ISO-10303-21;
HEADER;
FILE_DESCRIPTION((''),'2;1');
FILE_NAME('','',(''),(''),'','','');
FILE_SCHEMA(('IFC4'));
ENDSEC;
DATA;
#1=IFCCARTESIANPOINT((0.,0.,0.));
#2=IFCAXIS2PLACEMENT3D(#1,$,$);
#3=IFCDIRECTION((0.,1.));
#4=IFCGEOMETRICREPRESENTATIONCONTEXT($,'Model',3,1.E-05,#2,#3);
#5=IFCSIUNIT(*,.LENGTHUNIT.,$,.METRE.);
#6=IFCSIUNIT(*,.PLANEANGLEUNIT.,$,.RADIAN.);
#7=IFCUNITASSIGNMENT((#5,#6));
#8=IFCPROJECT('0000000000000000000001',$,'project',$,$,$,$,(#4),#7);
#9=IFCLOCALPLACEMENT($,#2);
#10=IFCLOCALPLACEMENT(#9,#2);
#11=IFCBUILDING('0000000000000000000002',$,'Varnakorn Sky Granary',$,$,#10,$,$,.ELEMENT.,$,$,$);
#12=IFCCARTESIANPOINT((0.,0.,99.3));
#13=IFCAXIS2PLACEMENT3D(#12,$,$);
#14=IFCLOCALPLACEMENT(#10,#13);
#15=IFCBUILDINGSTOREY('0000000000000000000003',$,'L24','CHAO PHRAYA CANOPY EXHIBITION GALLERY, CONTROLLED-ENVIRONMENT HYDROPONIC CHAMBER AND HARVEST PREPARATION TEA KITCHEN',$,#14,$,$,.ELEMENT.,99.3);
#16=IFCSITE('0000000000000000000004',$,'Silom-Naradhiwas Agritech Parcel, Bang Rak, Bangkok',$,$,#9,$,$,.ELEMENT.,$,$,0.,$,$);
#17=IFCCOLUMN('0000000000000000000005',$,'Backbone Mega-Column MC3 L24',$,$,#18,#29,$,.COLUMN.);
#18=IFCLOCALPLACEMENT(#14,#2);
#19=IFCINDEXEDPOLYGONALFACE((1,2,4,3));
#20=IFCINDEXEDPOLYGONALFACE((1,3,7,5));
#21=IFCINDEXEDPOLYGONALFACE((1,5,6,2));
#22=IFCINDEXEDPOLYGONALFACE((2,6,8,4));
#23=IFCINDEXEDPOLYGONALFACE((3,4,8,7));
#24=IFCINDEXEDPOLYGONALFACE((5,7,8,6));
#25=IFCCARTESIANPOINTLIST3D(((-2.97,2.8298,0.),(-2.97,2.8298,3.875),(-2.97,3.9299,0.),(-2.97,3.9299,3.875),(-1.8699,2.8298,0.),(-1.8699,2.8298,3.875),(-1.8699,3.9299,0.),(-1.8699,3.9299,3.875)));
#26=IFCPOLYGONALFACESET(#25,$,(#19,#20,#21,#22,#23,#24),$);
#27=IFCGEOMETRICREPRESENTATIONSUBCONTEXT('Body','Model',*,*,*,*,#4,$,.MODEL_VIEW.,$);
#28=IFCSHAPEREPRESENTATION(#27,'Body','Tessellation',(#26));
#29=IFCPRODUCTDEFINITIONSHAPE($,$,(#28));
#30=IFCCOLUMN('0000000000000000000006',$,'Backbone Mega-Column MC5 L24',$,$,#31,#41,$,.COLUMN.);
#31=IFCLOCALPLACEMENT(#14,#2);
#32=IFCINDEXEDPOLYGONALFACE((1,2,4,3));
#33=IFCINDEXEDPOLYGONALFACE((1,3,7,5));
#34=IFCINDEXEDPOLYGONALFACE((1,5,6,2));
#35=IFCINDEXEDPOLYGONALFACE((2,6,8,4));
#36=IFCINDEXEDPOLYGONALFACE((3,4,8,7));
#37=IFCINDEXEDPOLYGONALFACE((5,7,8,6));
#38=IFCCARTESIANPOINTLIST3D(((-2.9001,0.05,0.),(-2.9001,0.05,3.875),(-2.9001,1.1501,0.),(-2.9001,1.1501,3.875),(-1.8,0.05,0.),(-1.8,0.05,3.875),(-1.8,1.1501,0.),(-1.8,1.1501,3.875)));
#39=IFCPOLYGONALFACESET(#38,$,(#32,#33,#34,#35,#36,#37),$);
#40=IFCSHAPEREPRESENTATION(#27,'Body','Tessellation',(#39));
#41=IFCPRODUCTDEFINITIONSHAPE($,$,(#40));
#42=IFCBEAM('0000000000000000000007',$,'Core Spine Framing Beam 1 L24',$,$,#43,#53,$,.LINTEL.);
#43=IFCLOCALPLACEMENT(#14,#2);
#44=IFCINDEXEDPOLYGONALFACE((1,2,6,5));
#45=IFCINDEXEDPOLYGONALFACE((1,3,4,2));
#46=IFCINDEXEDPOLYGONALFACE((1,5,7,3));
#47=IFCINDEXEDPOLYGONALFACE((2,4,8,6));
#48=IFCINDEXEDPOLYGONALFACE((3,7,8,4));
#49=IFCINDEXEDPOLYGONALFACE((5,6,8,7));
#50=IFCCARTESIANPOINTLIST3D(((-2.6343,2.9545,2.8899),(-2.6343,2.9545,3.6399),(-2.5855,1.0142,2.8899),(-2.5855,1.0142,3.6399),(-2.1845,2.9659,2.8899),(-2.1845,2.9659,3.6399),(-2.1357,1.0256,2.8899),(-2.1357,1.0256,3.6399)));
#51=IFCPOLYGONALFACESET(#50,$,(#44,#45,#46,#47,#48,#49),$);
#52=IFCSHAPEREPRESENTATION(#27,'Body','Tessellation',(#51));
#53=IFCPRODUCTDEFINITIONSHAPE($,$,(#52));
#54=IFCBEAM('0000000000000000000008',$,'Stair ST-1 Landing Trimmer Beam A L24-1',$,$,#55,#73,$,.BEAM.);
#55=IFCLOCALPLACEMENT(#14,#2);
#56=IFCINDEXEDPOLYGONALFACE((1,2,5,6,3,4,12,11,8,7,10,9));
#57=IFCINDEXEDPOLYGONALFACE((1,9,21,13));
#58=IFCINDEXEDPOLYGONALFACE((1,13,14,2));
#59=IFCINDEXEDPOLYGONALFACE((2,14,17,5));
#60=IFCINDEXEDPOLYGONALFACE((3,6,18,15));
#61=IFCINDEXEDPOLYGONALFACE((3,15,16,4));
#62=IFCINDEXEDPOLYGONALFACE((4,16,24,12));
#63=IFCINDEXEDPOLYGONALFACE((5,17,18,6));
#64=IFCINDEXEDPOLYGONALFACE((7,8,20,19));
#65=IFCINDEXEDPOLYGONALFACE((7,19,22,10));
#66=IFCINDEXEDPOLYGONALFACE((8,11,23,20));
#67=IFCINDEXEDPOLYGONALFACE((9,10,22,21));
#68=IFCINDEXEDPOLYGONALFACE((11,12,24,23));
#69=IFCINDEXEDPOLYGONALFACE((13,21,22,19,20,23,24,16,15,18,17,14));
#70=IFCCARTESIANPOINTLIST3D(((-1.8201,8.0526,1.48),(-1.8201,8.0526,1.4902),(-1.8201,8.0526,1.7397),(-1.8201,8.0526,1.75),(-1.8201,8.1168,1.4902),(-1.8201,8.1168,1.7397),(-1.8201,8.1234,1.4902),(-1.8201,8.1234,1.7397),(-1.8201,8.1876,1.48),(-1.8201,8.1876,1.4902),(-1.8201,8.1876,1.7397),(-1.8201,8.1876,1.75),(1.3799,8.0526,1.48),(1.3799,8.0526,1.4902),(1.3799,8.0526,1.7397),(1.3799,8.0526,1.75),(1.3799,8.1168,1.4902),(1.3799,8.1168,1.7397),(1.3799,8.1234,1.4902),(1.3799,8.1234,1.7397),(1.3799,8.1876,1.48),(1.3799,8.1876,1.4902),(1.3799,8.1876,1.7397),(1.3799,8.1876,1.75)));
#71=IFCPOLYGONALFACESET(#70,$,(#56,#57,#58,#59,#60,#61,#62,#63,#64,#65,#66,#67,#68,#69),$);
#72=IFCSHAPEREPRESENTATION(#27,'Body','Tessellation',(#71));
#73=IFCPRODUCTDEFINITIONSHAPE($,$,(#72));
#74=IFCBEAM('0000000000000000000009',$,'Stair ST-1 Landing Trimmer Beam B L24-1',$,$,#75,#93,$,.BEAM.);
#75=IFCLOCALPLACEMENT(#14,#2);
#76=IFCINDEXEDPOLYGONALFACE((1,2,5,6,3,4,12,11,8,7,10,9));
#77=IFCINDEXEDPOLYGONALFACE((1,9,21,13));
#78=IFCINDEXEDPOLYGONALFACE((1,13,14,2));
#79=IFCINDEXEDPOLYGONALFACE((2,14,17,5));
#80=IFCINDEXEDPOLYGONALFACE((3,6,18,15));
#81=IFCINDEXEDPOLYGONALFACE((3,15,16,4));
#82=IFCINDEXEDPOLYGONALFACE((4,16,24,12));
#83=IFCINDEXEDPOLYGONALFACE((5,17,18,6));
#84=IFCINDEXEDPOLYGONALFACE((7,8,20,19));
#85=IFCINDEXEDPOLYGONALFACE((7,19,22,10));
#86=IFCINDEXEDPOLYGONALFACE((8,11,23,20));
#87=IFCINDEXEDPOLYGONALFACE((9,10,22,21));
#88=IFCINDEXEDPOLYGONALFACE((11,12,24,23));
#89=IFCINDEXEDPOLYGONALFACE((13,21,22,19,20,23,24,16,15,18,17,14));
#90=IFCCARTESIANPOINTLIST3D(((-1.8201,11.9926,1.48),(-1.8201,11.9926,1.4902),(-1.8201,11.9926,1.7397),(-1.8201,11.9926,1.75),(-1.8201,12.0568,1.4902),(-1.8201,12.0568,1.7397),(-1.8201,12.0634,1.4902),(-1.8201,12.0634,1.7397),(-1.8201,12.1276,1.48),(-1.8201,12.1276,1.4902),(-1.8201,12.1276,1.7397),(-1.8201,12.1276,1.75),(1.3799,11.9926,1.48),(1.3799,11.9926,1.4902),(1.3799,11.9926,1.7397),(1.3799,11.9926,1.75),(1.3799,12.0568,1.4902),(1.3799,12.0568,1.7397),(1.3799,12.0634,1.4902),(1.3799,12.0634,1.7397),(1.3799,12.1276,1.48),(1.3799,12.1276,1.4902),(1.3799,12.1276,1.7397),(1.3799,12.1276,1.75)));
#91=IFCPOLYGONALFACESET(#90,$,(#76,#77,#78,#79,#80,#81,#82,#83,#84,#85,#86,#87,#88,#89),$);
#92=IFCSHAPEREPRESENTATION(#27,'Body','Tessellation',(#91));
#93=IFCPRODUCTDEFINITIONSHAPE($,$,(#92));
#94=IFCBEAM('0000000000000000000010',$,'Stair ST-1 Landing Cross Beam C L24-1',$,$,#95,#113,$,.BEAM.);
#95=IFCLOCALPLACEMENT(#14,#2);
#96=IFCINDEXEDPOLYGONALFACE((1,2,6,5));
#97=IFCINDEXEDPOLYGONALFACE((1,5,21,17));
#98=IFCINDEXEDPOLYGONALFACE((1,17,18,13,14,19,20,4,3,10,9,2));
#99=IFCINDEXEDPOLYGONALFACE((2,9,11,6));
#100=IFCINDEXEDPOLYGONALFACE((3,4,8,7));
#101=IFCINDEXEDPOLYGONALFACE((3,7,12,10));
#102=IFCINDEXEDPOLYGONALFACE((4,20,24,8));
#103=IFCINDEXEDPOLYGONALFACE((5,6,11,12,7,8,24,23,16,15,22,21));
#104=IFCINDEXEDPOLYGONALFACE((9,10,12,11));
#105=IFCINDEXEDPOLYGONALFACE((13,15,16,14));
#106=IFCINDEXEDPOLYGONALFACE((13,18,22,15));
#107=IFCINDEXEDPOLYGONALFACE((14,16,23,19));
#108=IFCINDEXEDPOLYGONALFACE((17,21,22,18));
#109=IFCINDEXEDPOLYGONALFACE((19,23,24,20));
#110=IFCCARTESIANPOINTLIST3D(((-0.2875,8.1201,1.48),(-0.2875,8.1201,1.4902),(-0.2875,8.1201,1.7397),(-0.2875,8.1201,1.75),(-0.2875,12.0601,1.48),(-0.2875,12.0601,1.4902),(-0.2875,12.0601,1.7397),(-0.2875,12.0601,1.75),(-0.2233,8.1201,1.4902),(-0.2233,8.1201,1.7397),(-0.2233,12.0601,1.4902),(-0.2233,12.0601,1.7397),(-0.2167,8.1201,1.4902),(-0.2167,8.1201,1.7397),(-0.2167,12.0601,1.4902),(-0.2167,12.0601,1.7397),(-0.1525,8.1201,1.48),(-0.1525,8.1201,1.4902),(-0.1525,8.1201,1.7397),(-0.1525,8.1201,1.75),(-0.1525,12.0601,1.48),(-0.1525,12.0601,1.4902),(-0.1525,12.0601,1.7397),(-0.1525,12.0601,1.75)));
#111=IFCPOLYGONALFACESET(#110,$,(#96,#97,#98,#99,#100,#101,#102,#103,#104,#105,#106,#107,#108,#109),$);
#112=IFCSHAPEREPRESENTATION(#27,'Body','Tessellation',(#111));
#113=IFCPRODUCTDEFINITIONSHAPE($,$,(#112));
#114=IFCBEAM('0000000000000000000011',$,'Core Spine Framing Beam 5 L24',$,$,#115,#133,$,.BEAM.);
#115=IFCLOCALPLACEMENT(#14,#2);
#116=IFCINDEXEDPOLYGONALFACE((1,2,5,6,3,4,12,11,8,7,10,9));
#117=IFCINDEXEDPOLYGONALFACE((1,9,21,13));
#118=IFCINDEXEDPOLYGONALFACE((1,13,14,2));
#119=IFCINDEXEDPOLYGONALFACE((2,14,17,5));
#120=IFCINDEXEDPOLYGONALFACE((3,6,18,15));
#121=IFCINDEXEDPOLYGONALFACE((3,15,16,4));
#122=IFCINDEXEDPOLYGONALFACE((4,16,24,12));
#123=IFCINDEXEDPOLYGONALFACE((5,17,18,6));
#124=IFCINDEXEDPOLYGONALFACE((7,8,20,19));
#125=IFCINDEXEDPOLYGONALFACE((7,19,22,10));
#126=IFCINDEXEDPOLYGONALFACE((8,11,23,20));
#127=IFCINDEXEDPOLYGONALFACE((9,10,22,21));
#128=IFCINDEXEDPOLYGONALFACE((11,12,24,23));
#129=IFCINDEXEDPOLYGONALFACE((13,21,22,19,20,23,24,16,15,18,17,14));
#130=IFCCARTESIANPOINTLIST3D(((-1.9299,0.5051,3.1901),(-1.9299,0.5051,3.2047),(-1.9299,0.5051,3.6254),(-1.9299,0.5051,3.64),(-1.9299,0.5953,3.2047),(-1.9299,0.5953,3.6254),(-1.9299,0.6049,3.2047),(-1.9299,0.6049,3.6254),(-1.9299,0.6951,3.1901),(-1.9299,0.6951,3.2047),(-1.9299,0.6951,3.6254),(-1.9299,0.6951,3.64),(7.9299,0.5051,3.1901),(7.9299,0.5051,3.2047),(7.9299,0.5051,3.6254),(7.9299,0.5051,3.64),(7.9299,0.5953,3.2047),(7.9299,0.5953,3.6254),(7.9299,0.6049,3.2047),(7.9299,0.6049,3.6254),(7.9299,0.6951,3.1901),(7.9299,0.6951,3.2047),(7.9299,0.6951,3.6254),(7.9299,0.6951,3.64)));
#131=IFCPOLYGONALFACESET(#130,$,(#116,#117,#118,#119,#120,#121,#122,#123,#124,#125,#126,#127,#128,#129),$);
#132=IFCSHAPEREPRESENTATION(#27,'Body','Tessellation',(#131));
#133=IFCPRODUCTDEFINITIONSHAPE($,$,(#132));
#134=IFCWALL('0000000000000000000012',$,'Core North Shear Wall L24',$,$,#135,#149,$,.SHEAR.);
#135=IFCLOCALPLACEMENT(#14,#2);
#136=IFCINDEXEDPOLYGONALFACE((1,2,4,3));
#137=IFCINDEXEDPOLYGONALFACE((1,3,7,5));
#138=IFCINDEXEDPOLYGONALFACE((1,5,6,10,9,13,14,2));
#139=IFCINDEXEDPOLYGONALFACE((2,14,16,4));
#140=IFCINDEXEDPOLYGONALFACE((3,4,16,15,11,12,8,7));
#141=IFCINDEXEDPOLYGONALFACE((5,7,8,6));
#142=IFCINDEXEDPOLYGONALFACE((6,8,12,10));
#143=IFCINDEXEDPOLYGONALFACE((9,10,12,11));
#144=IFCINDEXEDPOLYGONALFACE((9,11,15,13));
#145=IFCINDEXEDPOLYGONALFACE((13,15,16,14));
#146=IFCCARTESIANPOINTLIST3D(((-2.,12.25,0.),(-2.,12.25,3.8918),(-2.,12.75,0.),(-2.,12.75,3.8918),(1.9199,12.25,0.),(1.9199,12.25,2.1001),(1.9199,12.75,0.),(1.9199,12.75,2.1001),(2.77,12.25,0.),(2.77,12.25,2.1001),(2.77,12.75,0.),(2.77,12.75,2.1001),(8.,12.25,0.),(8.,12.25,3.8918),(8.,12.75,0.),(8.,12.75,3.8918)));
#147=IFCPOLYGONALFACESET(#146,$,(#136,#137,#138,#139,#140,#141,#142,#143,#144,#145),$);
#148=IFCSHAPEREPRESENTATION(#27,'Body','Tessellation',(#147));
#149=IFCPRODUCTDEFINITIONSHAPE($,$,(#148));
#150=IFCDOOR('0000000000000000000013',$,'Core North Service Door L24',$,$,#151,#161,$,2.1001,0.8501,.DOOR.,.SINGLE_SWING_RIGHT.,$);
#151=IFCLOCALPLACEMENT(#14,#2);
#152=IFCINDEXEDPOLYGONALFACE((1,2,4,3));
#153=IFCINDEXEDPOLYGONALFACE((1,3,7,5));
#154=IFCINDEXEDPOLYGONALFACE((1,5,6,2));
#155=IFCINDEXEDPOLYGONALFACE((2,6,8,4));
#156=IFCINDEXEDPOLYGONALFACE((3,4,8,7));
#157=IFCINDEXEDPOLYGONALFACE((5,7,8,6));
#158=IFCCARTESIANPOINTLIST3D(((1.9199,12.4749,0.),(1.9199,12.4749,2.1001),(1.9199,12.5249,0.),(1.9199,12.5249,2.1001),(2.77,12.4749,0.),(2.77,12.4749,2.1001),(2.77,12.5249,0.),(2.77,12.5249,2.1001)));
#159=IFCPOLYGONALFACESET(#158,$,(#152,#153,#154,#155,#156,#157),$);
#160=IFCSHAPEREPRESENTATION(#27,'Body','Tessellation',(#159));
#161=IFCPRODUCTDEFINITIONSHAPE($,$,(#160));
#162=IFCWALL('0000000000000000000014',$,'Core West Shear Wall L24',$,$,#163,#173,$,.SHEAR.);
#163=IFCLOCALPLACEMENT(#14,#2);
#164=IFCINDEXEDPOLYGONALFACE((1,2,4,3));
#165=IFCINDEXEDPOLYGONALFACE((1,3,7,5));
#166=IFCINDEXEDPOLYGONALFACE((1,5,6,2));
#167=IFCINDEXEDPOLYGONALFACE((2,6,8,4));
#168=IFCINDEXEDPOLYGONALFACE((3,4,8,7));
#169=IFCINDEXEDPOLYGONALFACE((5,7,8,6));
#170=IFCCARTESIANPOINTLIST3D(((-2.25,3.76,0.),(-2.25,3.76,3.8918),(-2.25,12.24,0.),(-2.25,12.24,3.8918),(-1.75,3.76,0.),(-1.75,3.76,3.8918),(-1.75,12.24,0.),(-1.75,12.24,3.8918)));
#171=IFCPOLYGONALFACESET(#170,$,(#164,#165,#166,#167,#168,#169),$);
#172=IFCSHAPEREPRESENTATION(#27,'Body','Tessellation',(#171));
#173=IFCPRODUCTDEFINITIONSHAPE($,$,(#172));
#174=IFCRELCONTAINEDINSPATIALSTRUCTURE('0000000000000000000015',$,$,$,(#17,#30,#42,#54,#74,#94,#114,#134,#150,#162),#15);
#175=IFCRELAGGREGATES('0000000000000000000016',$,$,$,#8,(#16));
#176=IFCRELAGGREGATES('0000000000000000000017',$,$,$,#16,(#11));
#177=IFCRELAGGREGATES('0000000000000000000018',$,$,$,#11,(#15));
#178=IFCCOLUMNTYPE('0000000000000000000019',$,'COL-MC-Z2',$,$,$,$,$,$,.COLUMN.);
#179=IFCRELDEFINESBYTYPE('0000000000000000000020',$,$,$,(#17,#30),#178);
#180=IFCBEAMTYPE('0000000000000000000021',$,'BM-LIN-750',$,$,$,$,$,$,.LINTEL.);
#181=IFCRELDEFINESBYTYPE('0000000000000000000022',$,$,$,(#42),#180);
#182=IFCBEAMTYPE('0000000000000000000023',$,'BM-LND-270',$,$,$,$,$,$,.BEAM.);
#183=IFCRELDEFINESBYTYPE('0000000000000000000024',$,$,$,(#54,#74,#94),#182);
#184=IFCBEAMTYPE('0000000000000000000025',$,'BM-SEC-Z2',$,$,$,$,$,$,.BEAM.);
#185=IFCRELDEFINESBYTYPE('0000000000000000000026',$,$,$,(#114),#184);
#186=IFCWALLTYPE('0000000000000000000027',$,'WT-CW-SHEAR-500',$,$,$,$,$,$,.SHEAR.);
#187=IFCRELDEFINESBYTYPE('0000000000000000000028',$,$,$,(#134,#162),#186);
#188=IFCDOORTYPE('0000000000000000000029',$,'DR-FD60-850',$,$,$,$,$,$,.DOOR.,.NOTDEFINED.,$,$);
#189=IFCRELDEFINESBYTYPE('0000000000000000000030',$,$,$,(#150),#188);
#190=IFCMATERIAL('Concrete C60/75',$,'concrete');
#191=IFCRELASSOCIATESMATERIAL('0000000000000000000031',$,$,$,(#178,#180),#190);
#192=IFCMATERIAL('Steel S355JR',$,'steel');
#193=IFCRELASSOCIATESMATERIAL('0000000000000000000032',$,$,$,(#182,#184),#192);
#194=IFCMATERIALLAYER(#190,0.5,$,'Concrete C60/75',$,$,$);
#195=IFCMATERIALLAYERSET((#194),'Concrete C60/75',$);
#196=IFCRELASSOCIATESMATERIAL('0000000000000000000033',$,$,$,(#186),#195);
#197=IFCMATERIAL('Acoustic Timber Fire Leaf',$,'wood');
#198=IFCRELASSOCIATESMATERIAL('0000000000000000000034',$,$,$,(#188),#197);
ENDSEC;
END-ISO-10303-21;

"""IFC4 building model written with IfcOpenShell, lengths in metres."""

from ifc_helpers import new_model, si_unit, direction, frame, frame_2d, origin, origin_2d, place, context, subcontext, project, spatial, rectangle, i_section, extrude, material, layer, layer_set, material_profile, profile_set, type_object, element, fill, save


model = new_model("IFC4")

# Units and contexts
model_context = context("Model", 3, precision=1e-05, world=origin(), true_north=direction((0.0, 1.0)))
body_context = subcontext(model_context, "Body", "Model", "MODEL_VIEW")
ifc_project = project(units=[si_unit("LENGTHUNIT", "METRE"), si_unit("PLANEANGLEUNIT", "RADIAN")], contexts=[model_context])

# Site, building, storey
site_placement = place(None, origin())
site = spatial("IfcSite", under=ifc_project, at=site_placement, Name="Silom-Naradhiwas Agritech Parcel, Bang Rak, Bangkok", CompositionType="ELEMENT", RefElevation=0.0)
building_placement = place(site_placement, origin())
building = spatial("IfcBuilding", under=site, at=building_placement, Name="Varnakorn Sky Granary", CompositionType="ELEMENT")
storey_placement = place(building_placement, frame((0.0, 0.0, 99.3)))
storey = spatial("IfcBuildingStorey", under=building, at=storey_placement, Name="L24", Description="CHAO PHRAYA CANOPY EXHIBITION GALLERY, CONTROLLED-ENVIRONMENT HYDROPONIC CHAMBER AND HARVEST PREPARATION TEA KITCHEN", CompositionType="ELEMENT", Elevation=99.3)

# Columns
ifc_material_1 = material(Name="Concrete C60/75", Category="concrete")
ifc_material_profile_1 = material_profile(ifc_material_1, rectangle(XDim=1.1001, YDim=1.1001, at=origin_2d()), Name="RC 1100x1100")
ifc_profile_set_1 = profile_set([ifc_material_profile_1], Name="Concrete C60/75")
column_type = type_object("IfcColumnType", Name="COL-MC-Z2", PredefinedType="COLUMN", material=ifc_profile_set_1)
for number, where, z_axis, x_axis, name in (
    (1, (-2.4199, 3.3799, 0.0), (0.0, 0.0, 1.0), (1.0, 0.0, 0.0), "Backbone Mega-Column MC3 L24"),
    (2, (-2.3501, 0.6001, 0.0), (0.0, 0.0, 1.0), (1.0, 0.0, 0.0), "Backbone Mega-Column MC5 L24"),
):
    element("IfcColumn", number, at=place(storey_placement, frame(where, z_axis=z_axis, x_axis=x_axis)), inside=storey, type_object=column_type, Name=name, PredefinedType="COLUMN", context=body_context, shape_type="SweptSolid", body=[
        extrude(rectangle(XDim=1.1001, YDim=1.1001, at=origin_2d()), origin(), (0.0, 0.0, 1.0), 3.875),
    ])

# Beams
ifc_material_profile_2 = material_profile(ifc_material_1, rectangle(XDim=0.45, YDim=0.75, at=origin_2d()), Name="RC 450x750")
ifc_profile_set_2 = profile_set([ifc_material_profile_2], Name="Concrete C60/75")
beam_type_1 = type_object("IfcBeamType", Name="BM-LIN-750", PredefinedType="LINTEL", material=ifc_profile_set_2)
beam_1_placement = place(storey_placement, frame((-2.4094, 2.9602, 3.2649), z_axis=(0.025159, -0.999683, 0.0), x_axis=(0.999683, 0.025159, 0.0)))
element("IfcBeam", 3, at=beam_1_placement, inside=storey, type_object=beam_type_1, Name="Core Spine Framing Beam 1 L24", PredefinedType="LINTEL", context=body_context, shape_type="SweptSolid", body=[
    extrude(rectangle(XDim=0.45, YDim=0.75, at=origin_2d()), origin(), (0.0, 0.0, 1.0), 1.9409),
])
ifc_material_2 = material(Name="Steel S355JR", Category="steel")
ifc_material_profile_3 = material_profile(ifc_material_2, i_section(OverallWidth=0.135, OverallDepth=0.27, WebThickness=0.0066, FlangeThickness=0.0103, at=origin_2d()), Name="IPE 270")
ifc_profile_set_3 = profile_set([ifc_material_profile_3], Name="Steel S355JR")
beam_type_2 = type_object("IfcBeamType", Name="BM-LND-270", PredefinedType="BEAM", material=ifc_profile_set_3)
for number, where, z_axis, x_axis, name in (
    (4, (-1.8201, 8.1201, 1.615), (1.0, 0.0, 0.0), (0.0, 1.0, 0.0), "Stair ST-1 Landing Trimmer Beam A L24-1"),
    (5, (-1.8201, 12.0601, 1.615), (1.0, 0.0, 0.0), (0.0, 1.0, 0.0), "Stair ST-1 Landing Trimmer Beam B L24-1"),
):
    element("IfcBeam", number, at=place(storey_placement, frame(where, z_axis=z_axis, x_axis=x_axis)), inside=storey, type_object=beam_type_2, Name=name, PredefinedType="BEAM", context=body_context, shape_type="SweptSolid", body=[
        extrude(i_section(OverallWidth=0.135, OverallDepth=0.27, WebThickness=0.0066, FlangeThickness=0.0103, at=origin_2d()), origin(), (0.0, 0.0, 1.0), 3.2),
    ])
beam_2_placement = place(storey_placement, frame((-0.22, 8.1201, 1.615), z_axis=(0.0, 1.0, 0.0), x_axis=(-1.0, 0.0, 0.0)))
element("IfcBeam", 6, at=beam_2_placement, inside=storey, type_object=beam_type_2, Name="Stair ST-1 Landing Cross Beam C L24-1", PredefinedType="BEAM", context=body_context, shape_type="SweptSolid", body=[
    extrude(i_section(OverallWidth=0.135, OverallDepth=0.27, WebThickness=0.0066, FlangeThickness=0.0103, at=origin_2d()), origin(), (0.0, 0.0, 1.0), 3.9399),
])
ifc_material_profile_4 = material_profile(ifc_material_2, i_section(OverallWidth=0.1899, OverallDepth=0.45, WebThickness=0.0095, FlangeThickness=0.0146, at=origin_2d()), Name="IPE 450")
ifc_profile_set_4 = profile_set([ifc_material_profile_4], Name="Steel S355JR")
beam_type_3 = type_object("IfcBeamType", Name="BM-SEC-Z2", PredefinedType="BEAM", material=ifc_profile_set_4)
beam_3_placement = place(storey_placement, frame((-1.9299, 0.6001, 3.415), z_axis=(1.0, 0.0, 0.0), x_axis=(0.0, 1.0, 0.0)))
element("IfcBeam", 7, at=beam_3_placement, inside=storey, type_object=beam_type_3, Name="Core Spine Framing Beam 5 L24", PredefinedType="BEAM", context=body_context, shape_type="SweptSolid", body=[
    extrude(i_section(OverallWidth=0.1899, OverallDepth=0.45, WebThickness=0.0095, FlangeThickness=0.0146, at=origin_2d()), origin(), (0.0, 0.0, 1.0), 9.8599),
])

# Shared definitions
ifc_layer_1 = layer(ifc_material_1, 0.5, Name="Concrete C60/75")
ifc_layer_set_1 = layer_set([ifc_layer_1], Name="Concrete C60/75")
wall_type_1 = type_object("IfcWallType", Name="WT-CW-SHEAR-500", PredefinedType="SHEAR", material=ifc_layer_set_1)

# Wall, opening, door
wall_1_placement = place(storey_placement, frame((-2.0, 12.5, 0.0), z_axis=(0.0, 0.0, 1.0), x_axis=(1.0, 0.0, 0.0)))
wall_1 = element("IfcWall", 8, at=wall_1_placement, inside=storey, type_object=wall_type_1, Name="Core North Shear Wall L24", PredefinedType="SHEAR", context=body_context, shape_type="SweptSolid", body=[
    extrude(rectangle(XDim=10.0, YDim=0.5, at=frame_2d((5.0, 0.0))), origin(), (0.0, 0.0, 1.0), 3.8918),
])
opening_1_placement = place(wall_1_placement, frame((3.9199, 0.0, 0.0)))
opening_1 = element("IfcOpeningElement", 9, at=opening_1_placement, cuts=wall_1, PredefinedType="OPENING", context=body_context, shape_type="SweptSolid", body=[
    extrude(rectangle(XDim=0.8501, YDim=2.1001, at=frame_2d((0.425, 1.05))), frame((0.0, 0.26, 0.0), z_axis=(0.0, -1.0, 0.0), x_axis=(1.0, 0.0, 0.0)), (0.0, 0.0, 1.0), 0.52),
])
ifc_material_3 = material(Name="Acoustic Timber Fire Leaf", Category="wood")
door_type_1 = type_object("IfcDoorType", Name="DR-FD60-850", OperationType="NOTDEFINED", PredefinedType="DOOR", material=ifc_material_3)
door_1_placement = place(opening_1_placement, origin())
door_1 = element("IfcDoor", 10, at=door_1_placement, inside=storey, type_object=door_type_1, Name="Core North Service Door L24", OperationType="SINGLE_SWING_RIGHT", OverallHeight=2.1001, OverallWidth=0.8501, PredefinedType="DOOR", context=body_context, shape_type="SweptSolid", body=[
    extrude(rectangle(XDim=0.8501, YDim=2.1001, at=frame_2d((0.425, 1.05))), frame((0.0, 0.0249, 0.0), z_axis=(0.0, -1.0, 0.0), x_axis=(1.0, 0.0, 0.0)), (0.0, 0.0, 1.0), 0.05),
])
fill(opening_1, door_1)

# Wall
wall_2_placement = place(storey_placement, frame((-2.0, 3.76, 0.0), z_axis=(0.0, 0.0, 1.0), x_axis=(0.0, 1.0, 0.0)))
element("IfcWall", 11, at=wall_2_placement, inside=storey, type_object=wall_type_1, Name="Core West Shear Wall L24", PredefinedType="SHEAR", context=body_context, shape_type="SweptSolid", body=[
    extrude(rectangle(XDim=8.48, YDim=0.5, at=frame_2d((4.24, 0.0))), origin(), (0.0, 0.0, 1.0), 3.8918),
])

save(model, "model.ifc")
